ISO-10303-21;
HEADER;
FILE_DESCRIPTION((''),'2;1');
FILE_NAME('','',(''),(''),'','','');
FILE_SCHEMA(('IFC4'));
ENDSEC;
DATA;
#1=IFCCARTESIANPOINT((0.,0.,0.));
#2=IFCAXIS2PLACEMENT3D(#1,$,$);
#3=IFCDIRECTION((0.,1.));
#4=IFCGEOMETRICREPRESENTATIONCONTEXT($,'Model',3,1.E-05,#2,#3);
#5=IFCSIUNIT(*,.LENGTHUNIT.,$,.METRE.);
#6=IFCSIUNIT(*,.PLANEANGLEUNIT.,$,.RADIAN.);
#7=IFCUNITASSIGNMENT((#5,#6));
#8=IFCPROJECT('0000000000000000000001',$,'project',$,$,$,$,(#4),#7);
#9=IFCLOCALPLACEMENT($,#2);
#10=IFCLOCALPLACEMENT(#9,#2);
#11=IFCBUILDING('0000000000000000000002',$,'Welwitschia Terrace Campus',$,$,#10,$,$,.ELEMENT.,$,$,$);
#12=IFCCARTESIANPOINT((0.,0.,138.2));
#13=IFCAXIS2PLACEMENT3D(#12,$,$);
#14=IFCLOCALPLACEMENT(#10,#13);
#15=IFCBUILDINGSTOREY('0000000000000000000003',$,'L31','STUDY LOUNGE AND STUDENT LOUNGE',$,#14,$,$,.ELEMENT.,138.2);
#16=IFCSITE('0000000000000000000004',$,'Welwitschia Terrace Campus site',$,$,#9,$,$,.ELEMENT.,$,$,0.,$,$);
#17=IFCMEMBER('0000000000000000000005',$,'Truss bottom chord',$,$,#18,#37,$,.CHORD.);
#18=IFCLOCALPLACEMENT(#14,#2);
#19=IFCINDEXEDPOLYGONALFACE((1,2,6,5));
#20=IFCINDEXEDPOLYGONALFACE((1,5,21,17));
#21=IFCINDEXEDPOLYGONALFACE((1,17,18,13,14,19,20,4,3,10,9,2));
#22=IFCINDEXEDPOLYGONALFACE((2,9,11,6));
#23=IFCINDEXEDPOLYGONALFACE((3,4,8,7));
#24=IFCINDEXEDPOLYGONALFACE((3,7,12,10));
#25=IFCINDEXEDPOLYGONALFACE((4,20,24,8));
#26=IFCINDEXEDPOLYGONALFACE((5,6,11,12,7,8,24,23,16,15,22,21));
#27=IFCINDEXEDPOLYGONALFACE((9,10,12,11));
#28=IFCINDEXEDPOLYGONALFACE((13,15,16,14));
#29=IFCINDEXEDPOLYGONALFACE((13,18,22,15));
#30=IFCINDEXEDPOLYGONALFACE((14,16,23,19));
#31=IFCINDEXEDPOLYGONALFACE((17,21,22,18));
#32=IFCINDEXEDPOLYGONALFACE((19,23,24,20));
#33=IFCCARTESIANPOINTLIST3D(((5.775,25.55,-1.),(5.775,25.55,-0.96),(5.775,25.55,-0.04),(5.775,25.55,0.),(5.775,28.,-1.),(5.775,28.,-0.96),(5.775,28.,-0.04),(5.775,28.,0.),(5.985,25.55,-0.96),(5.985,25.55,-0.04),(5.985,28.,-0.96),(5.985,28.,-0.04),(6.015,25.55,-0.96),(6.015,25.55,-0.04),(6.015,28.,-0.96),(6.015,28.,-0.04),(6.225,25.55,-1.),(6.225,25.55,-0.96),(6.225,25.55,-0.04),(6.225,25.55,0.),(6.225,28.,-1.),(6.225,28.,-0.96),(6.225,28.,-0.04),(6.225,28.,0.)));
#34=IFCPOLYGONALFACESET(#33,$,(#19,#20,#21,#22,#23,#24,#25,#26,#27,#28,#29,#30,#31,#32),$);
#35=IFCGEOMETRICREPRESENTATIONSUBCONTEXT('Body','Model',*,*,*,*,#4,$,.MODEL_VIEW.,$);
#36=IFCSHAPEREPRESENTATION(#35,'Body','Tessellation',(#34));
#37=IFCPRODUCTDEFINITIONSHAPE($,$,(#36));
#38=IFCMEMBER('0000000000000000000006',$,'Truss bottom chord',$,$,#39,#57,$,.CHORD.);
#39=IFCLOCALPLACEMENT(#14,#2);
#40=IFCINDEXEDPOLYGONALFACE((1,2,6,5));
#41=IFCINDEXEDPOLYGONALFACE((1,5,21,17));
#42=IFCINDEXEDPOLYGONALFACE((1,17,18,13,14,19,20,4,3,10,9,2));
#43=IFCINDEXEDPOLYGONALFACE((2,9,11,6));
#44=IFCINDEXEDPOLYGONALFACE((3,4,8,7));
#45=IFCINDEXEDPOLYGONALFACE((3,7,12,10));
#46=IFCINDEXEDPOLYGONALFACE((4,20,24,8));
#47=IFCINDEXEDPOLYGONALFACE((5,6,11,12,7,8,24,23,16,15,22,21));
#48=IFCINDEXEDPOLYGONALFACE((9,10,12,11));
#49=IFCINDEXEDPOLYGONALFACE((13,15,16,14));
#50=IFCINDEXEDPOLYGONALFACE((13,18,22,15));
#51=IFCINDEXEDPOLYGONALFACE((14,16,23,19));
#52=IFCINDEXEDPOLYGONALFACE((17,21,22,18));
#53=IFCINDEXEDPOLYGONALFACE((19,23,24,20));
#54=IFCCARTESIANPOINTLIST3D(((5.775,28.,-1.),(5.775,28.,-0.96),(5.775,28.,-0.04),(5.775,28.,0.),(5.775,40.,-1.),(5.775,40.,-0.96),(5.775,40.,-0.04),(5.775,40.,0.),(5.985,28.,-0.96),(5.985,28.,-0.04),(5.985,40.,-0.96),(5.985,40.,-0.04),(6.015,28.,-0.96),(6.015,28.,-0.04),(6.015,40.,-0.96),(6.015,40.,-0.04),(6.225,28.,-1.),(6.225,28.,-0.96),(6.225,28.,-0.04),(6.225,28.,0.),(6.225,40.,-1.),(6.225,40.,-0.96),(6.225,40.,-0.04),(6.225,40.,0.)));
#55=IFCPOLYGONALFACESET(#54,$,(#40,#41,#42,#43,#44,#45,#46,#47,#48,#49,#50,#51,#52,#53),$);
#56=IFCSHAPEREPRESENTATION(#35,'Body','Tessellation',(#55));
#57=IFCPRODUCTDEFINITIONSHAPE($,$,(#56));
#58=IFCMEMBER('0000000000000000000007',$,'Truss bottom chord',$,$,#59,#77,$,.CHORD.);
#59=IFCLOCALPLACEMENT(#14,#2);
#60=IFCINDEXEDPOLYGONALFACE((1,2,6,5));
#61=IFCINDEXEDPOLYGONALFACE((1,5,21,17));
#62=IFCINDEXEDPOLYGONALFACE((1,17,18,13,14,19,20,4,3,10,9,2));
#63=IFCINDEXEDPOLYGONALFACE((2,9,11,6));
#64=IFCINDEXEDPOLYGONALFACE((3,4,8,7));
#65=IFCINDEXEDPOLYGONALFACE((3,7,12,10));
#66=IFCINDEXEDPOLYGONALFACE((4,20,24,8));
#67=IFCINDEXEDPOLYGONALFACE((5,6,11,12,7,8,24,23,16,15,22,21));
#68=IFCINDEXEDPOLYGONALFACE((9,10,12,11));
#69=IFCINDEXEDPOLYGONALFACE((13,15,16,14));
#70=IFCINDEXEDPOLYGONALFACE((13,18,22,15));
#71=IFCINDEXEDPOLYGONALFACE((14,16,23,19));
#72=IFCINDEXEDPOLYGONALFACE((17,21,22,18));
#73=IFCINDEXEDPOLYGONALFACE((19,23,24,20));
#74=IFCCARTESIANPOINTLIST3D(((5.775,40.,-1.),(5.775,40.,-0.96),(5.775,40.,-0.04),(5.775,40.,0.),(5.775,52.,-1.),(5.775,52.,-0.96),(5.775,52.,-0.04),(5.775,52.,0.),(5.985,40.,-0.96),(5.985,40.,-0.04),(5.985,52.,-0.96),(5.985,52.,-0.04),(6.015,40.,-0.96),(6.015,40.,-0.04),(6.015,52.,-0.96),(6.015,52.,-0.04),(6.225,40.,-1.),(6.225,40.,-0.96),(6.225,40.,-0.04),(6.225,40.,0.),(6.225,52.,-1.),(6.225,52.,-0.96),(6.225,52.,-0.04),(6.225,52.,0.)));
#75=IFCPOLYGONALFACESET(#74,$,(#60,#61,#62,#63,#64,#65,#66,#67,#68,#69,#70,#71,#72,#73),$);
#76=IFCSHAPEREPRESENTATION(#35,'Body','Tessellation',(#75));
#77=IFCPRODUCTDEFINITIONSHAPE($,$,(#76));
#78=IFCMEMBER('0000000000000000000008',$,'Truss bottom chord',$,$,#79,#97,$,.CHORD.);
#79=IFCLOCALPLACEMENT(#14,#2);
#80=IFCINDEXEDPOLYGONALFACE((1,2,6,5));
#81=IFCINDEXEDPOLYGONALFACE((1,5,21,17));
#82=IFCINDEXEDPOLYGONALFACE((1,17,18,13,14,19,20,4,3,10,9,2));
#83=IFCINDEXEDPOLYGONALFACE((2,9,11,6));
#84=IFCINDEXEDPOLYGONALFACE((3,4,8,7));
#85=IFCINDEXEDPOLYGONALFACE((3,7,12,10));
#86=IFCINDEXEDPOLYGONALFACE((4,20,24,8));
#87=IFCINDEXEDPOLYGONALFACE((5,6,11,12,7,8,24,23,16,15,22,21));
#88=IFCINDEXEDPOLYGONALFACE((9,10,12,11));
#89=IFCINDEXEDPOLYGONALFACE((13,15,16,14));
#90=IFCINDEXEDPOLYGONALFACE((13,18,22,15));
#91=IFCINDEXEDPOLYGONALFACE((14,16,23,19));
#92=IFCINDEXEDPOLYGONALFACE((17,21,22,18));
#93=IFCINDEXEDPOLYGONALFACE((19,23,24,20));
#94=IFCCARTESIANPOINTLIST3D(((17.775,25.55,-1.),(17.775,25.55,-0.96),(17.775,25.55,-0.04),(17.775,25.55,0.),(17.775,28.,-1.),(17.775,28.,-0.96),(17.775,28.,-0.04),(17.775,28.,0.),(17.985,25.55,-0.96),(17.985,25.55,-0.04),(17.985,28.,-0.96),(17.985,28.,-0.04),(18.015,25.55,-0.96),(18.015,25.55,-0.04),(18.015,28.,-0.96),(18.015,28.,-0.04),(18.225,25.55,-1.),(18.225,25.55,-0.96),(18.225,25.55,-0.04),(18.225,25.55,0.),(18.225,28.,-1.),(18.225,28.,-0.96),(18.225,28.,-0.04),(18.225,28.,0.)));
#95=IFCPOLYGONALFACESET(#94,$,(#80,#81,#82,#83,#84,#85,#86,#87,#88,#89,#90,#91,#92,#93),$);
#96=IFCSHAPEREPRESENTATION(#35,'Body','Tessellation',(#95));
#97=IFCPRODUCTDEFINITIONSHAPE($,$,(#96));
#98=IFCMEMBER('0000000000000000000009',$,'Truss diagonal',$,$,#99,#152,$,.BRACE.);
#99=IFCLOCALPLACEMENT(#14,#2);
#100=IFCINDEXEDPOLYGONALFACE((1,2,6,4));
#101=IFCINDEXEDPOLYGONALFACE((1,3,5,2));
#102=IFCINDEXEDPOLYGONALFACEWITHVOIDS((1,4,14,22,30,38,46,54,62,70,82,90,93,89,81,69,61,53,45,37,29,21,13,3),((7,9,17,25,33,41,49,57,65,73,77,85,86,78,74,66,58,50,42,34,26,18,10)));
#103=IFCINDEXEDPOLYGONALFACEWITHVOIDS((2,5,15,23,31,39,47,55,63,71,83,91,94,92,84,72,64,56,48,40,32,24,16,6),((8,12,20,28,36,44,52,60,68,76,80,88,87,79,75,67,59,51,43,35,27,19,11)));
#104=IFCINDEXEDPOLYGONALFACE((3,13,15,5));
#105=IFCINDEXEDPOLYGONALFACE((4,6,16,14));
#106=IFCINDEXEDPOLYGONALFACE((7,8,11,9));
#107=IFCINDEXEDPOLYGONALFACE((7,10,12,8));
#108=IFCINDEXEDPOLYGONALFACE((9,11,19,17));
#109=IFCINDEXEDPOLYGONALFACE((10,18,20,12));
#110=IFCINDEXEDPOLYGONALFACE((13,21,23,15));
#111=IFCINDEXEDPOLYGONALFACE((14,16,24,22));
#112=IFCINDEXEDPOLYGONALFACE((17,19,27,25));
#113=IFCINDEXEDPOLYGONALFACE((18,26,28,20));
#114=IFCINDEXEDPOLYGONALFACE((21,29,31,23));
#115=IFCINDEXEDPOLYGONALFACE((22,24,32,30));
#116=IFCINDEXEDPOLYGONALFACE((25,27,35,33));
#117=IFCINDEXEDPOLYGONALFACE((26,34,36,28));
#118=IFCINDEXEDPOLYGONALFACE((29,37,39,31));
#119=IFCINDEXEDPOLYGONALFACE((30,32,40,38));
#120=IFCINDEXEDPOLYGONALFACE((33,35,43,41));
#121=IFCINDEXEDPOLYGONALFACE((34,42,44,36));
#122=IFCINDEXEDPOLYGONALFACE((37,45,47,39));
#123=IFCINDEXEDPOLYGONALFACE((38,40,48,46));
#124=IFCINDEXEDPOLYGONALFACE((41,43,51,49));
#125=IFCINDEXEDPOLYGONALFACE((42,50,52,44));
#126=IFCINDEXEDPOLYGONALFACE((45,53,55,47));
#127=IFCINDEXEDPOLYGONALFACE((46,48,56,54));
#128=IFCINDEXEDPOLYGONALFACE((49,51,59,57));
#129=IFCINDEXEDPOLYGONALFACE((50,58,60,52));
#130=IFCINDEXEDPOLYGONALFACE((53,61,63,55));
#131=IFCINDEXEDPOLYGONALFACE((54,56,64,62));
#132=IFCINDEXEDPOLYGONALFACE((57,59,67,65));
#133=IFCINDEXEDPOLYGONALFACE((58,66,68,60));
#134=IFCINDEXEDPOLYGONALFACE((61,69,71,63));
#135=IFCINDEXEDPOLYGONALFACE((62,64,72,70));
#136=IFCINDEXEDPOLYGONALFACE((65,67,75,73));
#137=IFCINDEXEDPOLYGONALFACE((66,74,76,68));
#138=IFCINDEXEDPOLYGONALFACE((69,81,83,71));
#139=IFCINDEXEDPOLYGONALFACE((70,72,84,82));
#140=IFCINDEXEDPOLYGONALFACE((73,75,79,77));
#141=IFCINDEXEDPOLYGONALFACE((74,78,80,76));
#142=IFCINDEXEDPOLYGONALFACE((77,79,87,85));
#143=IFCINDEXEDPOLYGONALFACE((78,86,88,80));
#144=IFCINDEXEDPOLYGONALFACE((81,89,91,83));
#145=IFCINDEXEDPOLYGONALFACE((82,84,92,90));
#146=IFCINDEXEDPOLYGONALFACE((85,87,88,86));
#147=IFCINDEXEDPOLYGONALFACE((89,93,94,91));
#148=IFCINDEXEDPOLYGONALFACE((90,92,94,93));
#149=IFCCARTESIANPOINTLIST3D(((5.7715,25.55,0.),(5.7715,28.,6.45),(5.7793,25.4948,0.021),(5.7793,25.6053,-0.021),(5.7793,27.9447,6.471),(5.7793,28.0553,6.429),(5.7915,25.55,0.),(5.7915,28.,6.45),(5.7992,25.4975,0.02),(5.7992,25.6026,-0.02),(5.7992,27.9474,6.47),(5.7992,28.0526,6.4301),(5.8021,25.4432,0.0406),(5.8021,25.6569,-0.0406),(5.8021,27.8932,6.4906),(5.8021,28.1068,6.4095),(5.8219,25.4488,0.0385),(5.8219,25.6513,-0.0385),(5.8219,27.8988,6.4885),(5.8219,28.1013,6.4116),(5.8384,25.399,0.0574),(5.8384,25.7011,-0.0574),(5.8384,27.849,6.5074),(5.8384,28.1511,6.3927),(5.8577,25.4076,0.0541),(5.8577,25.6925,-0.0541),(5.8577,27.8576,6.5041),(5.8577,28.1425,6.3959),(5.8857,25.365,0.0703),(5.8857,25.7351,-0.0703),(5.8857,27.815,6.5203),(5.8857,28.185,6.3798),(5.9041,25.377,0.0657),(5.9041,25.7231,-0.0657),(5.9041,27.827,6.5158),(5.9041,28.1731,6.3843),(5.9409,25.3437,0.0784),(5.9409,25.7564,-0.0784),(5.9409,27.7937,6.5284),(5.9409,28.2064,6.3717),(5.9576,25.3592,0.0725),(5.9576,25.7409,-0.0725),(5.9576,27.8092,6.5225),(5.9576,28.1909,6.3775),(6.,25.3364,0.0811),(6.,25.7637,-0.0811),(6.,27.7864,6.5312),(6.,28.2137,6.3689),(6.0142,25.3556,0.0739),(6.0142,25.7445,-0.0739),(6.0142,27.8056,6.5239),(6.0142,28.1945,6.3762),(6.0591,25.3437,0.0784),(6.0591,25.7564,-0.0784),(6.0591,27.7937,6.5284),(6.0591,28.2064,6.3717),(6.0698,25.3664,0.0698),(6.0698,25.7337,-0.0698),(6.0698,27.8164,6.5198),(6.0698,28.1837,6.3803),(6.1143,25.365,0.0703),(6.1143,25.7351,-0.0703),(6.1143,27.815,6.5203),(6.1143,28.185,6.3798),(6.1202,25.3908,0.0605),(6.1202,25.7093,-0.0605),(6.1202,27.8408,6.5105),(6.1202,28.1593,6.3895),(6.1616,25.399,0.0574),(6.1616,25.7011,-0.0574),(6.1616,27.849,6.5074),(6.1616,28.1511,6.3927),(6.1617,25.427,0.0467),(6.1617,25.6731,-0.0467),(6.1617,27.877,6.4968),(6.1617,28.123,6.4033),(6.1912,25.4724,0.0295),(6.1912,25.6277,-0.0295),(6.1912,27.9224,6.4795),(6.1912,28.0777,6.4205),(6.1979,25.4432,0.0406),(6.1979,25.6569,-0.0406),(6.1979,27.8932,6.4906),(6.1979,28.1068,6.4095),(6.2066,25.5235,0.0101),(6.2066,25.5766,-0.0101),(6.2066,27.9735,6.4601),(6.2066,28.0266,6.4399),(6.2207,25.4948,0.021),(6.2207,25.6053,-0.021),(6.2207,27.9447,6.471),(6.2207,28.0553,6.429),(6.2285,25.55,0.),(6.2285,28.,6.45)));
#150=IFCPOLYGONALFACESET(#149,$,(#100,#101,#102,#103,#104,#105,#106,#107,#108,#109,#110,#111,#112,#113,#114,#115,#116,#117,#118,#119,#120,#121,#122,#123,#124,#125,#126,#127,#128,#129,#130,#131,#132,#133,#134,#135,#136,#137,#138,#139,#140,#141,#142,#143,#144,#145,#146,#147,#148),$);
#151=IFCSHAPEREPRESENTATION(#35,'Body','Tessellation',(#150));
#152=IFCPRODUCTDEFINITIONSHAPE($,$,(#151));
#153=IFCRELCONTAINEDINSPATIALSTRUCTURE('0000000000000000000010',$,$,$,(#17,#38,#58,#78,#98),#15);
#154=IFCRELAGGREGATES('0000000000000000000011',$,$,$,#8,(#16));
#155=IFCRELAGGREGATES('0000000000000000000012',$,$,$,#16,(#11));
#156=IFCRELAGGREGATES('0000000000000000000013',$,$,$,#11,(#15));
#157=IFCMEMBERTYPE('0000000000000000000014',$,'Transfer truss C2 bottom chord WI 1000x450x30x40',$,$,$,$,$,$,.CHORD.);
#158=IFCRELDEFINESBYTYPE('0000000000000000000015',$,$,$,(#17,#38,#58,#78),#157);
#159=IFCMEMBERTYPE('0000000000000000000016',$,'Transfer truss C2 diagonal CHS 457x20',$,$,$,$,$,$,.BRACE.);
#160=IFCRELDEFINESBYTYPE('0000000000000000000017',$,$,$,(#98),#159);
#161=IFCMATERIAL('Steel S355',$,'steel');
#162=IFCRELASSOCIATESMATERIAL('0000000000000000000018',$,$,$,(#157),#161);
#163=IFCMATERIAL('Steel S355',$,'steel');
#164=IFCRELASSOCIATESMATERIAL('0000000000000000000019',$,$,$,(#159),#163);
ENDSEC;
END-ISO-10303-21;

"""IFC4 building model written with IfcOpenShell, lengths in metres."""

from ifc_helpers import new_model, si_unit, direction, frame, origin, origin_2d, place, context, subcontext, project, spatial, hollow_circle, i_section, extrude, material, material_profile, profile_set, type_object, element, save


model = new_model("IFC4")

# Units and contexts
model_context = context("Model", 3, precision=1e-05, world=origin(), true_north=direction((0.0, 1.0)))
body_context = subcontext(model_context, "Body", "Model", "MODEL_VIEW")
ifc_project = project(units=[si_unit("LENGTHUNIT", "METRE"), si_unit("PLANEANGLEUNIT", "RADIAN")], contexts=[model_context])

# Site, building, storey
site_placement = place(None, origin())
site = spatial("IfcSite", under=ifc_project, at=site_placement, Name="Welwitschia Terrace Campus site", CompositionType="ELEMENT", RefElevation=0.0)
building_placement = place(site_placement, origin())
building = spatial("IfcBuilding", under=site, at=building_placement, Name="Welwitschia Terrace Campus", CompositionType="ELEMENT")
storey_placement = place(building_placement, frame((0.0, 0.0, 138.2)))
storey = spatial("IfcBuildingStorey", under=building, at=storey_placement, Name="L31", Description="STUDY LOUNGE AND STUDENT LOUNGE", CompositionType="ELEMENT", Elevation=138.2)

# Members
ifc_material_1 = material(Name="Steel S355", Category="steel")
ifc_material_profile_1 = material_profile(ifc_material_1, i_section(OverallWidth=0.45, OverallDepth=1.0, WebThickness=0.03, FlangeThickness=0.04, at=origin_2d()))
ifc_profile_set_1 = profile_set([ifc_material_profile_1], Name="Steel S355")
member_type_1 = type_object("IfcMemberType", Name="Transfer truss C2 bottom chord WI 1000x450x30x40", PredefinedType="CHORD", material=ifc_profile_set_1)
member_1_placement = place(storey_placement, frame((6.0, 25.55, -0.5), z_axis=(0.0, 1.0, 0.0), x_axis=(-1.0, 0.0, 0.0)))
element("IfcMember", 1, at=member_1_placement, inside=storey, type_object=member_type_1, Name="Truss bottom chord", PredefinedType="CHORD", context=body_context, shape_type="SweptSolid", body=[
    extrude(i_section(OverallWidth=0.45, OverallDepth=1.0, WebThickness=0.03, FlangeThickness=0.04, at=origin_2d()), origin(), (0.0, 0.0, 1.0), 2.45),
])
for number, where, z_axis, x_axis, name in (
    (2, (6.0, 28.0, -0.5), (0.0, 1.0, 0.0), (-1.0, 0.0, 0.0), "Truss bottom chord"),
    (3, (6.0, 40.0, -0.5), (0.0, 1.0, 0.0), (-1.0, 0.0, 0.0), "Truss bottom chord"),
):
    element("IfcMember", number, at=place(storey_placement, frame(where, z_axis=z_axis, x_axis=x_axis)), inside=storey, type_object=member_type_1, Name=name, PredefinedType="CHORD", context=body_context, shape_type="SweptSolid", body=[
        extrude(i_section(OverallWidth=0.45, OverallDepth=1.0, WebThickness=0.03, FlangeThickness=0.04, at=origin_2d()), origin(), (0.0, 0.0, 1.0), 12.0),
    ])
member_2_placement = place(storey_placement, frame((18.0, 25.55, -0.5), z_axis=(0.0, 1.0, 0.0), x_axis=(-1.0, 0.0, 0.0)))
element("IfcMember", 4, at=member_2_placement, inside=storey, type_object=member_type_1, Name="Truss bottom chord", PredefinedType="CHORD", context=body_context, shape_type="SweptSolid", body=[
    extrude(i_section(OverallWidth=0.45, OverallDepth=1.0, WebThickness=0.03, FlangeThickness=0.04, at=origin_2d()), origin(), (0.0, 0.0, 1.0), 2.45),
])
ifc_material_2 = material(Name="Steel S355", Category="steel")
ifc_material_profile_2 = material_profile(ifc_material_2, hollow_circle(Radius=0.2285, WallThickness=0.02, at=origin_2d()))
ifc_profile_set_2 = profile_set([ifc_material_profile_2], Name="Steel S355")
member_type_2 = type_object("IfcMemberType", Name="Transfer truss C2 diagonal CHS 457x20", PredefinedType="BRACE", material=ifc_profile_set_2)
member_3_placement = place(storey_placement, frame((6.0, 25.55, 0.0), z_axis=(0.0, 0.355087, 0.934833), x_axis=(-1.0, 0.0, 0.0)))
element("IfcMember", 5, at=member_3_placement, inside=storey, type_object=member_type_2, Name="Truss diagonal", PredefinedType="BRACE", context=body_context, shape_type="SweptSolid", body=[
    extrude(hollow_circle(Radius=0.2285, WallThickness=0.02, at=origin_2d()), origin(), (0.0, 0.0, 1.0), 6.8997),
])

save(model, "model.ifc")
